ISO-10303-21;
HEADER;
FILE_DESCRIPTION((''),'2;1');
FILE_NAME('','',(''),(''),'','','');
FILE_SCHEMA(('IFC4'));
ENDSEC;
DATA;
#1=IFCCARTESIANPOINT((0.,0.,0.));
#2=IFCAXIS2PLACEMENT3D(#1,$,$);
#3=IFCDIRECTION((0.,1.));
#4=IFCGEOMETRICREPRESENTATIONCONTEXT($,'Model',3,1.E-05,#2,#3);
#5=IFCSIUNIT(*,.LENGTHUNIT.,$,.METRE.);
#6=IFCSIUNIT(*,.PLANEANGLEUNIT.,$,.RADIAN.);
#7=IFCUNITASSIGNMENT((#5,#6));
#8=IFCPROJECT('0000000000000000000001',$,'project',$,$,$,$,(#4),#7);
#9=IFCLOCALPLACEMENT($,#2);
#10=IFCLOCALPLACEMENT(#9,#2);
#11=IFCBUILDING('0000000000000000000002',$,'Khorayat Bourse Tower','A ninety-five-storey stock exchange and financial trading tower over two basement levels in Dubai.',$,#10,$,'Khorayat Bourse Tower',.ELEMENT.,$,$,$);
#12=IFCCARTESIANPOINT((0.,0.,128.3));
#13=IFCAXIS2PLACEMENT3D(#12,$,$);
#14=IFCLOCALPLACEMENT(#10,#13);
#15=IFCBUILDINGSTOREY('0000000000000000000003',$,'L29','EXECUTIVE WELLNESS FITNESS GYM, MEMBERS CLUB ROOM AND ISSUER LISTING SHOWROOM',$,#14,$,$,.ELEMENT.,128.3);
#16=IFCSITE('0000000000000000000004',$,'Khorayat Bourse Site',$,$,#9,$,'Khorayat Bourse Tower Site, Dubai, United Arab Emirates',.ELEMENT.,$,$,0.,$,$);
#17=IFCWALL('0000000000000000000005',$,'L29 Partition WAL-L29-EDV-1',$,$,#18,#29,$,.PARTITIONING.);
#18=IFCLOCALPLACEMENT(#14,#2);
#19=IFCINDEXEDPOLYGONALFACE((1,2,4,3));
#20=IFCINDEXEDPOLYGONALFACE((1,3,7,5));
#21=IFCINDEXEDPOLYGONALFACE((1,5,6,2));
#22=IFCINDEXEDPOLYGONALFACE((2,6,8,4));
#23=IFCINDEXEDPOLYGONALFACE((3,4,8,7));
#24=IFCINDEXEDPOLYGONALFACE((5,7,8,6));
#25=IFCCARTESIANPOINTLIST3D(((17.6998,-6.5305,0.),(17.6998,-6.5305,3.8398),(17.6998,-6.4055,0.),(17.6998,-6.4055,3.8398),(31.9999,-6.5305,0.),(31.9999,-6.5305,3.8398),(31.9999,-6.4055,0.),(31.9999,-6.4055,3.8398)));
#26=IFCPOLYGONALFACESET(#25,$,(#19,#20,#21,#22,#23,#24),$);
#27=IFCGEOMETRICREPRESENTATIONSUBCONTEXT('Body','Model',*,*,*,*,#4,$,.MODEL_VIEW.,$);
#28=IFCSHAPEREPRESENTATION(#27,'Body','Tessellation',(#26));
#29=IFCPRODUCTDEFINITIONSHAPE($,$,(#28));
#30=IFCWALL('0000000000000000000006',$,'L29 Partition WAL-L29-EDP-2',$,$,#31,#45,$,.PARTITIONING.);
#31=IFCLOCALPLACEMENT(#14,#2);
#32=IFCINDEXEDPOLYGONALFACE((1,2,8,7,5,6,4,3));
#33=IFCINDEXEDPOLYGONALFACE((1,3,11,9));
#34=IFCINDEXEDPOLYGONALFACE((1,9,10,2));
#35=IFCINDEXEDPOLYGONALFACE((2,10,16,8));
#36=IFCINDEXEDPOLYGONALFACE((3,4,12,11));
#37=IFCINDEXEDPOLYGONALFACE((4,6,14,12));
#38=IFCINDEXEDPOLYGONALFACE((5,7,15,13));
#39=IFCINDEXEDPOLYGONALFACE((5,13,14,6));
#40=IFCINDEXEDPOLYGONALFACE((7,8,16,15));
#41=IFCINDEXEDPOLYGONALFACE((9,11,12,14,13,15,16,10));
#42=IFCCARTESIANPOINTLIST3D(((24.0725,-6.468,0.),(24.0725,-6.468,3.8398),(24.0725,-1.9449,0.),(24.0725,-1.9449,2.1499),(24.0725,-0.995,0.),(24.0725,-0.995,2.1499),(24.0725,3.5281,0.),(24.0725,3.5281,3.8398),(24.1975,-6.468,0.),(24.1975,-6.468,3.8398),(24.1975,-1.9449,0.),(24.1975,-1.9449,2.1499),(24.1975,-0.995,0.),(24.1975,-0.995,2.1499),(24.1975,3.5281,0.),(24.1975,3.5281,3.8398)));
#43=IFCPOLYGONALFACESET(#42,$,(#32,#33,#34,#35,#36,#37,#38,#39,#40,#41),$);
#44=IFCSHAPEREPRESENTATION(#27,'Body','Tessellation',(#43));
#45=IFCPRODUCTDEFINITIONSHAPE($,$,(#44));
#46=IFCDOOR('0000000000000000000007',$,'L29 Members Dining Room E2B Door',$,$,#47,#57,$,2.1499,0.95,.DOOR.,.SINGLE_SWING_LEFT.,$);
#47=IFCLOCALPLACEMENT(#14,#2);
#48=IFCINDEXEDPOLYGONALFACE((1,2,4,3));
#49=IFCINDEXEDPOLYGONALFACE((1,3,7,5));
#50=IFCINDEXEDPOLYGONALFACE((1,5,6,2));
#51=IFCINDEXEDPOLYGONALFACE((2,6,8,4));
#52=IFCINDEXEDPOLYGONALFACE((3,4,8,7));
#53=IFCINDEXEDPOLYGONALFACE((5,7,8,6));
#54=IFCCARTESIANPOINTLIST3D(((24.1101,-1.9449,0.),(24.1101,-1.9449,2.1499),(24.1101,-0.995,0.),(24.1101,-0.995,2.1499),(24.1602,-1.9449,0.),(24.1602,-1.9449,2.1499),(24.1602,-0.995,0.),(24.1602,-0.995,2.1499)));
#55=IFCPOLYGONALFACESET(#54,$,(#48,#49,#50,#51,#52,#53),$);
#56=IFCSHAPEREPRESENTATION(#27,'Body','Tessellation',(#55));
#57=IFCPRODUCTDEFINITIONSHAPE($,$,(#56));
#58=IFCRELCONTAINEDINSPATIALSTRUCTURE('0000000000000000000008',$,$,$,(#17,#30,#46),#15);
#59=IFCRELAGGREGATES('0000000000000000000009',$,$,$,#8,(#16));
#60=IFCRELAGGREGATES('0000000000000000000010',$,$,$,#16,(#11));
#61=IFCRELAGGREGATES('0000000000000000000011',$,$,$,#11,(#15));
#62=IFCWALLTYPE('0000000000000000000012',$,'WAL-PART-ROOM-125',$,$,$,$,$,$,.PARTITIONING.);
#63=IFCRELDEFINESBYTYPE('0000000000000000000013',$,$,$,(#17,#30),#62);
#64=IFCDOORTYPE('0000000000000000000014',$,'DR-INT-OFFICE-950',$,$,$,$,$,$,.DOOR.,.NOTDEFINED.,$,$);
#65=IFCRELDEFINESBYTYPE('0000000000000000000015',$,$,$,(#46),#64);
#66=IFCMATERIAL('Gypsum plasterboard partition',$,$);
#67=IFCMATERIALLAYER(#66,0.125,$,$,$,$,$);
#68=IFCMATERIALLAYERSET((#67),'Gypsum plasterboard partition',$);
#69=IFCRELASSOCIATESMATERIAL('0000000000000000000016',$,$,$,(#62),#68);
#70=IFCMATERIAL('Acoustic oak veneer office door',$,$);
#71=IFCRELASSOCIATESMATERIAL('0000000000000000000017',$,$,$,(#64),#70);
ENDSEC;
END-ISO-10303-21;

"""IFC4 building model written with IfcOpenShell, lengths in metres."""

from ifc_helpers import new_model, si_unit, direction, frame, frame_2d, origin, place, context, subcontext, project, spatial, rectangle, extrude, source, transform, mapped, material, layer, layer_set, type_object, element, fill, save


model = new_model("IFC4")

# Units and contexts
model_context = context("Model", 3, precision=1e-05, world=origin(), true_north=direction((0.0, 1.0)))
body_context = subcontext(model_context, "Body", "Model", "MODEL_VIEW")
ifc_project = project(units=[si_unit("LENGTHUNIT", "METRE"), si_unit("PLANEANGLEUNIT", "RADIAN")], contexts=[model_context])

# Site, building, storey
site_placement = place(None, origin())
site = spatial("IfcSite", under=ifc_project, at=site_placement, Name="Khorayat Bourse Site", LongName="Khorayat Bourse Tower Site, Dubai, United Arab Emirates", CompositionType="ELEMENT", RefElevation=0.0)
building_placement = place(site_placement, origin())
building = spatial("IfcBuilding", under=site, at=building_placement, Name="Khorayat Bourse Tower", Description="A ninety-five-storey stock exchange and financial trading tower over two basement levels in Dubai.", LongName="Khorayat Bourse Tower", CompositionType="ELEMENT")
storey_placement = place(building_placement, frame((0.0, 0.0, 128.3)))
storey = spatial("IfcBuildingStorey", under=building, at=storey_placement, Name="L29", Description="EXECUTIVE WELLNESS FITNESS GYM, MEMBERS CLUB ROOM AND ISSUER LISTING SHOWROOM", CompositionType="ELEMENT", Elevation=128.3)

# Wall
ifc_material_1 = material(Name="Gypsum plasterboard partition")
ifc_layer_1 = layer(ifc_material_1, 0.125)
ifc_layer_set_1 = layer_set([ifc_layer_1], Name="Gypsum plasterboard partition")
wall_type_1 = type_object("IfcWallType", Name="WAL-PART-ROOM-125", PredefinedType="PARTITIONING", material=ifc_layer_set_1)
shared_shape_1 = source(origin(), body_context, "Body", "SweptSolid", [
    extrude(rectangle(XDim=14.3, YDim=0.125, at=frame_2d((7.1499, 0.0))), origin(), (0.0, 0.0, 1.0), 3.8398),
])
wall_1_placement = place(storey_placement, frame((17.7, -6.468, 0.0), z_axis=(0.0, 0.0, 1.0), x_axis=(1.0, 0.0, 0.0)))
element("IfcWall", 1, at=wall_1_placement, inside=storey, type_object=wall_type_1, Name="L29 Partition WAL-L29-EDV-1", PredefinedType="PARTITIONING", context=body_context, shape_type="MappedRepresentation", body=[
    mapped(shared_shape_1, transform((0.0, 0.0, 0.0), scale=1.0)),
])

# Wall, opening, door
shared_shape_2 = source(origin(), body_context, "Body", "SweptSolid", [
    extrude(rectangle(XDim=9.9961, YDim=0.125, at=frame_2d((4.998, 0.0))), origin(), (0.0, 0.0, 1.0), 3.8398),
])
wall_2_placement = place(storey_placement, frame((24.135, -6.468, 0.0), z_axis=(0.0, 0.0, 1.0), x_axis=(0.0, 1.0, 0.0)))
wall_2 = element("IfcWall", 2, at=wall_2_placement, inside=storey, type_object=wall_type_1, Name="L29 Partition WAL-L29-EDP-2", PredefinedType="PARTITIONING", context=body_context, shape_type="MappedRepresentation", body=[
    mapped(shared_shape_2, transform((0.0, 0.0, 0.0), scale=1.0)),
])
shared_shape_3 = source(origin(), body_context, "Body", "SweptSolid", [
    extrude(rectangle(XDim=0.95, YDim=2.1499, at=frame_2d((0.4751, 1.075))), frame((0.0, 0.0725, 0.0), z_axis=(0.0, -1.0, 0.0), x_axis=(1.0, 0.0, 0.0)), (0.0, 0.0, 1.0), 0.145),
])
opening_1_placement = place(wall_2_placement, frame((4.5229, 0.0, 0.0)))
opening_1 = element("IfcOpeningElement", 3, at=opening_1_placement, cuts=wall_2, PredefinedType="OPENING", context=body_context, shape_type="MappedRepresentation", body=[
    mapped(shared_shape_3, transform((0.0, 0.0, 0.0), scale=1.0)),
])
ifc_material_2 = material(Name="Acoustic oak veneer office door")
door_type_1 = type_object("IfcDoorType", Name="DR-INT-OFFICE-950", OperationType="NOTDEFINED", PredefinedType="DOOR", material=ifc_material_2)
shared_shape_4 = source(origin(), body_context, "Body", "SweptSolid", [
    extrude(rectangle(XDim=0.95, YDim=2.1499, at=frame_2d((0.4751, 1.075))), frame((0.0, 0.0249, 0.0), z_axis=(0.0, -1.0, 0.0), x_axis=(1.0, 0.0, 0.0)), (0.0, 0.0, 1.0), 0.05),
])
door_1_placement = place(opening_1_placement, origin())
door_1 = element("IfcDoor", 4, at=door_1_placement, inside=storey, type_object=door_type_1, Name="L29 Members Dining Room E2B Door", OperationType="SINGLE_SWING_LEFT", OverallHeight=2.1499, OverallWidth=0.95, PredefinedType="DOOR", context=body_context, shape_type="MappedRepresentation", body=[
    mapped(shared_shape_4, transform((0.0, 0.0, 0.0), scale=1.0)),
])
fill(opening_1, door_1)

save(model, "model.ifc")
